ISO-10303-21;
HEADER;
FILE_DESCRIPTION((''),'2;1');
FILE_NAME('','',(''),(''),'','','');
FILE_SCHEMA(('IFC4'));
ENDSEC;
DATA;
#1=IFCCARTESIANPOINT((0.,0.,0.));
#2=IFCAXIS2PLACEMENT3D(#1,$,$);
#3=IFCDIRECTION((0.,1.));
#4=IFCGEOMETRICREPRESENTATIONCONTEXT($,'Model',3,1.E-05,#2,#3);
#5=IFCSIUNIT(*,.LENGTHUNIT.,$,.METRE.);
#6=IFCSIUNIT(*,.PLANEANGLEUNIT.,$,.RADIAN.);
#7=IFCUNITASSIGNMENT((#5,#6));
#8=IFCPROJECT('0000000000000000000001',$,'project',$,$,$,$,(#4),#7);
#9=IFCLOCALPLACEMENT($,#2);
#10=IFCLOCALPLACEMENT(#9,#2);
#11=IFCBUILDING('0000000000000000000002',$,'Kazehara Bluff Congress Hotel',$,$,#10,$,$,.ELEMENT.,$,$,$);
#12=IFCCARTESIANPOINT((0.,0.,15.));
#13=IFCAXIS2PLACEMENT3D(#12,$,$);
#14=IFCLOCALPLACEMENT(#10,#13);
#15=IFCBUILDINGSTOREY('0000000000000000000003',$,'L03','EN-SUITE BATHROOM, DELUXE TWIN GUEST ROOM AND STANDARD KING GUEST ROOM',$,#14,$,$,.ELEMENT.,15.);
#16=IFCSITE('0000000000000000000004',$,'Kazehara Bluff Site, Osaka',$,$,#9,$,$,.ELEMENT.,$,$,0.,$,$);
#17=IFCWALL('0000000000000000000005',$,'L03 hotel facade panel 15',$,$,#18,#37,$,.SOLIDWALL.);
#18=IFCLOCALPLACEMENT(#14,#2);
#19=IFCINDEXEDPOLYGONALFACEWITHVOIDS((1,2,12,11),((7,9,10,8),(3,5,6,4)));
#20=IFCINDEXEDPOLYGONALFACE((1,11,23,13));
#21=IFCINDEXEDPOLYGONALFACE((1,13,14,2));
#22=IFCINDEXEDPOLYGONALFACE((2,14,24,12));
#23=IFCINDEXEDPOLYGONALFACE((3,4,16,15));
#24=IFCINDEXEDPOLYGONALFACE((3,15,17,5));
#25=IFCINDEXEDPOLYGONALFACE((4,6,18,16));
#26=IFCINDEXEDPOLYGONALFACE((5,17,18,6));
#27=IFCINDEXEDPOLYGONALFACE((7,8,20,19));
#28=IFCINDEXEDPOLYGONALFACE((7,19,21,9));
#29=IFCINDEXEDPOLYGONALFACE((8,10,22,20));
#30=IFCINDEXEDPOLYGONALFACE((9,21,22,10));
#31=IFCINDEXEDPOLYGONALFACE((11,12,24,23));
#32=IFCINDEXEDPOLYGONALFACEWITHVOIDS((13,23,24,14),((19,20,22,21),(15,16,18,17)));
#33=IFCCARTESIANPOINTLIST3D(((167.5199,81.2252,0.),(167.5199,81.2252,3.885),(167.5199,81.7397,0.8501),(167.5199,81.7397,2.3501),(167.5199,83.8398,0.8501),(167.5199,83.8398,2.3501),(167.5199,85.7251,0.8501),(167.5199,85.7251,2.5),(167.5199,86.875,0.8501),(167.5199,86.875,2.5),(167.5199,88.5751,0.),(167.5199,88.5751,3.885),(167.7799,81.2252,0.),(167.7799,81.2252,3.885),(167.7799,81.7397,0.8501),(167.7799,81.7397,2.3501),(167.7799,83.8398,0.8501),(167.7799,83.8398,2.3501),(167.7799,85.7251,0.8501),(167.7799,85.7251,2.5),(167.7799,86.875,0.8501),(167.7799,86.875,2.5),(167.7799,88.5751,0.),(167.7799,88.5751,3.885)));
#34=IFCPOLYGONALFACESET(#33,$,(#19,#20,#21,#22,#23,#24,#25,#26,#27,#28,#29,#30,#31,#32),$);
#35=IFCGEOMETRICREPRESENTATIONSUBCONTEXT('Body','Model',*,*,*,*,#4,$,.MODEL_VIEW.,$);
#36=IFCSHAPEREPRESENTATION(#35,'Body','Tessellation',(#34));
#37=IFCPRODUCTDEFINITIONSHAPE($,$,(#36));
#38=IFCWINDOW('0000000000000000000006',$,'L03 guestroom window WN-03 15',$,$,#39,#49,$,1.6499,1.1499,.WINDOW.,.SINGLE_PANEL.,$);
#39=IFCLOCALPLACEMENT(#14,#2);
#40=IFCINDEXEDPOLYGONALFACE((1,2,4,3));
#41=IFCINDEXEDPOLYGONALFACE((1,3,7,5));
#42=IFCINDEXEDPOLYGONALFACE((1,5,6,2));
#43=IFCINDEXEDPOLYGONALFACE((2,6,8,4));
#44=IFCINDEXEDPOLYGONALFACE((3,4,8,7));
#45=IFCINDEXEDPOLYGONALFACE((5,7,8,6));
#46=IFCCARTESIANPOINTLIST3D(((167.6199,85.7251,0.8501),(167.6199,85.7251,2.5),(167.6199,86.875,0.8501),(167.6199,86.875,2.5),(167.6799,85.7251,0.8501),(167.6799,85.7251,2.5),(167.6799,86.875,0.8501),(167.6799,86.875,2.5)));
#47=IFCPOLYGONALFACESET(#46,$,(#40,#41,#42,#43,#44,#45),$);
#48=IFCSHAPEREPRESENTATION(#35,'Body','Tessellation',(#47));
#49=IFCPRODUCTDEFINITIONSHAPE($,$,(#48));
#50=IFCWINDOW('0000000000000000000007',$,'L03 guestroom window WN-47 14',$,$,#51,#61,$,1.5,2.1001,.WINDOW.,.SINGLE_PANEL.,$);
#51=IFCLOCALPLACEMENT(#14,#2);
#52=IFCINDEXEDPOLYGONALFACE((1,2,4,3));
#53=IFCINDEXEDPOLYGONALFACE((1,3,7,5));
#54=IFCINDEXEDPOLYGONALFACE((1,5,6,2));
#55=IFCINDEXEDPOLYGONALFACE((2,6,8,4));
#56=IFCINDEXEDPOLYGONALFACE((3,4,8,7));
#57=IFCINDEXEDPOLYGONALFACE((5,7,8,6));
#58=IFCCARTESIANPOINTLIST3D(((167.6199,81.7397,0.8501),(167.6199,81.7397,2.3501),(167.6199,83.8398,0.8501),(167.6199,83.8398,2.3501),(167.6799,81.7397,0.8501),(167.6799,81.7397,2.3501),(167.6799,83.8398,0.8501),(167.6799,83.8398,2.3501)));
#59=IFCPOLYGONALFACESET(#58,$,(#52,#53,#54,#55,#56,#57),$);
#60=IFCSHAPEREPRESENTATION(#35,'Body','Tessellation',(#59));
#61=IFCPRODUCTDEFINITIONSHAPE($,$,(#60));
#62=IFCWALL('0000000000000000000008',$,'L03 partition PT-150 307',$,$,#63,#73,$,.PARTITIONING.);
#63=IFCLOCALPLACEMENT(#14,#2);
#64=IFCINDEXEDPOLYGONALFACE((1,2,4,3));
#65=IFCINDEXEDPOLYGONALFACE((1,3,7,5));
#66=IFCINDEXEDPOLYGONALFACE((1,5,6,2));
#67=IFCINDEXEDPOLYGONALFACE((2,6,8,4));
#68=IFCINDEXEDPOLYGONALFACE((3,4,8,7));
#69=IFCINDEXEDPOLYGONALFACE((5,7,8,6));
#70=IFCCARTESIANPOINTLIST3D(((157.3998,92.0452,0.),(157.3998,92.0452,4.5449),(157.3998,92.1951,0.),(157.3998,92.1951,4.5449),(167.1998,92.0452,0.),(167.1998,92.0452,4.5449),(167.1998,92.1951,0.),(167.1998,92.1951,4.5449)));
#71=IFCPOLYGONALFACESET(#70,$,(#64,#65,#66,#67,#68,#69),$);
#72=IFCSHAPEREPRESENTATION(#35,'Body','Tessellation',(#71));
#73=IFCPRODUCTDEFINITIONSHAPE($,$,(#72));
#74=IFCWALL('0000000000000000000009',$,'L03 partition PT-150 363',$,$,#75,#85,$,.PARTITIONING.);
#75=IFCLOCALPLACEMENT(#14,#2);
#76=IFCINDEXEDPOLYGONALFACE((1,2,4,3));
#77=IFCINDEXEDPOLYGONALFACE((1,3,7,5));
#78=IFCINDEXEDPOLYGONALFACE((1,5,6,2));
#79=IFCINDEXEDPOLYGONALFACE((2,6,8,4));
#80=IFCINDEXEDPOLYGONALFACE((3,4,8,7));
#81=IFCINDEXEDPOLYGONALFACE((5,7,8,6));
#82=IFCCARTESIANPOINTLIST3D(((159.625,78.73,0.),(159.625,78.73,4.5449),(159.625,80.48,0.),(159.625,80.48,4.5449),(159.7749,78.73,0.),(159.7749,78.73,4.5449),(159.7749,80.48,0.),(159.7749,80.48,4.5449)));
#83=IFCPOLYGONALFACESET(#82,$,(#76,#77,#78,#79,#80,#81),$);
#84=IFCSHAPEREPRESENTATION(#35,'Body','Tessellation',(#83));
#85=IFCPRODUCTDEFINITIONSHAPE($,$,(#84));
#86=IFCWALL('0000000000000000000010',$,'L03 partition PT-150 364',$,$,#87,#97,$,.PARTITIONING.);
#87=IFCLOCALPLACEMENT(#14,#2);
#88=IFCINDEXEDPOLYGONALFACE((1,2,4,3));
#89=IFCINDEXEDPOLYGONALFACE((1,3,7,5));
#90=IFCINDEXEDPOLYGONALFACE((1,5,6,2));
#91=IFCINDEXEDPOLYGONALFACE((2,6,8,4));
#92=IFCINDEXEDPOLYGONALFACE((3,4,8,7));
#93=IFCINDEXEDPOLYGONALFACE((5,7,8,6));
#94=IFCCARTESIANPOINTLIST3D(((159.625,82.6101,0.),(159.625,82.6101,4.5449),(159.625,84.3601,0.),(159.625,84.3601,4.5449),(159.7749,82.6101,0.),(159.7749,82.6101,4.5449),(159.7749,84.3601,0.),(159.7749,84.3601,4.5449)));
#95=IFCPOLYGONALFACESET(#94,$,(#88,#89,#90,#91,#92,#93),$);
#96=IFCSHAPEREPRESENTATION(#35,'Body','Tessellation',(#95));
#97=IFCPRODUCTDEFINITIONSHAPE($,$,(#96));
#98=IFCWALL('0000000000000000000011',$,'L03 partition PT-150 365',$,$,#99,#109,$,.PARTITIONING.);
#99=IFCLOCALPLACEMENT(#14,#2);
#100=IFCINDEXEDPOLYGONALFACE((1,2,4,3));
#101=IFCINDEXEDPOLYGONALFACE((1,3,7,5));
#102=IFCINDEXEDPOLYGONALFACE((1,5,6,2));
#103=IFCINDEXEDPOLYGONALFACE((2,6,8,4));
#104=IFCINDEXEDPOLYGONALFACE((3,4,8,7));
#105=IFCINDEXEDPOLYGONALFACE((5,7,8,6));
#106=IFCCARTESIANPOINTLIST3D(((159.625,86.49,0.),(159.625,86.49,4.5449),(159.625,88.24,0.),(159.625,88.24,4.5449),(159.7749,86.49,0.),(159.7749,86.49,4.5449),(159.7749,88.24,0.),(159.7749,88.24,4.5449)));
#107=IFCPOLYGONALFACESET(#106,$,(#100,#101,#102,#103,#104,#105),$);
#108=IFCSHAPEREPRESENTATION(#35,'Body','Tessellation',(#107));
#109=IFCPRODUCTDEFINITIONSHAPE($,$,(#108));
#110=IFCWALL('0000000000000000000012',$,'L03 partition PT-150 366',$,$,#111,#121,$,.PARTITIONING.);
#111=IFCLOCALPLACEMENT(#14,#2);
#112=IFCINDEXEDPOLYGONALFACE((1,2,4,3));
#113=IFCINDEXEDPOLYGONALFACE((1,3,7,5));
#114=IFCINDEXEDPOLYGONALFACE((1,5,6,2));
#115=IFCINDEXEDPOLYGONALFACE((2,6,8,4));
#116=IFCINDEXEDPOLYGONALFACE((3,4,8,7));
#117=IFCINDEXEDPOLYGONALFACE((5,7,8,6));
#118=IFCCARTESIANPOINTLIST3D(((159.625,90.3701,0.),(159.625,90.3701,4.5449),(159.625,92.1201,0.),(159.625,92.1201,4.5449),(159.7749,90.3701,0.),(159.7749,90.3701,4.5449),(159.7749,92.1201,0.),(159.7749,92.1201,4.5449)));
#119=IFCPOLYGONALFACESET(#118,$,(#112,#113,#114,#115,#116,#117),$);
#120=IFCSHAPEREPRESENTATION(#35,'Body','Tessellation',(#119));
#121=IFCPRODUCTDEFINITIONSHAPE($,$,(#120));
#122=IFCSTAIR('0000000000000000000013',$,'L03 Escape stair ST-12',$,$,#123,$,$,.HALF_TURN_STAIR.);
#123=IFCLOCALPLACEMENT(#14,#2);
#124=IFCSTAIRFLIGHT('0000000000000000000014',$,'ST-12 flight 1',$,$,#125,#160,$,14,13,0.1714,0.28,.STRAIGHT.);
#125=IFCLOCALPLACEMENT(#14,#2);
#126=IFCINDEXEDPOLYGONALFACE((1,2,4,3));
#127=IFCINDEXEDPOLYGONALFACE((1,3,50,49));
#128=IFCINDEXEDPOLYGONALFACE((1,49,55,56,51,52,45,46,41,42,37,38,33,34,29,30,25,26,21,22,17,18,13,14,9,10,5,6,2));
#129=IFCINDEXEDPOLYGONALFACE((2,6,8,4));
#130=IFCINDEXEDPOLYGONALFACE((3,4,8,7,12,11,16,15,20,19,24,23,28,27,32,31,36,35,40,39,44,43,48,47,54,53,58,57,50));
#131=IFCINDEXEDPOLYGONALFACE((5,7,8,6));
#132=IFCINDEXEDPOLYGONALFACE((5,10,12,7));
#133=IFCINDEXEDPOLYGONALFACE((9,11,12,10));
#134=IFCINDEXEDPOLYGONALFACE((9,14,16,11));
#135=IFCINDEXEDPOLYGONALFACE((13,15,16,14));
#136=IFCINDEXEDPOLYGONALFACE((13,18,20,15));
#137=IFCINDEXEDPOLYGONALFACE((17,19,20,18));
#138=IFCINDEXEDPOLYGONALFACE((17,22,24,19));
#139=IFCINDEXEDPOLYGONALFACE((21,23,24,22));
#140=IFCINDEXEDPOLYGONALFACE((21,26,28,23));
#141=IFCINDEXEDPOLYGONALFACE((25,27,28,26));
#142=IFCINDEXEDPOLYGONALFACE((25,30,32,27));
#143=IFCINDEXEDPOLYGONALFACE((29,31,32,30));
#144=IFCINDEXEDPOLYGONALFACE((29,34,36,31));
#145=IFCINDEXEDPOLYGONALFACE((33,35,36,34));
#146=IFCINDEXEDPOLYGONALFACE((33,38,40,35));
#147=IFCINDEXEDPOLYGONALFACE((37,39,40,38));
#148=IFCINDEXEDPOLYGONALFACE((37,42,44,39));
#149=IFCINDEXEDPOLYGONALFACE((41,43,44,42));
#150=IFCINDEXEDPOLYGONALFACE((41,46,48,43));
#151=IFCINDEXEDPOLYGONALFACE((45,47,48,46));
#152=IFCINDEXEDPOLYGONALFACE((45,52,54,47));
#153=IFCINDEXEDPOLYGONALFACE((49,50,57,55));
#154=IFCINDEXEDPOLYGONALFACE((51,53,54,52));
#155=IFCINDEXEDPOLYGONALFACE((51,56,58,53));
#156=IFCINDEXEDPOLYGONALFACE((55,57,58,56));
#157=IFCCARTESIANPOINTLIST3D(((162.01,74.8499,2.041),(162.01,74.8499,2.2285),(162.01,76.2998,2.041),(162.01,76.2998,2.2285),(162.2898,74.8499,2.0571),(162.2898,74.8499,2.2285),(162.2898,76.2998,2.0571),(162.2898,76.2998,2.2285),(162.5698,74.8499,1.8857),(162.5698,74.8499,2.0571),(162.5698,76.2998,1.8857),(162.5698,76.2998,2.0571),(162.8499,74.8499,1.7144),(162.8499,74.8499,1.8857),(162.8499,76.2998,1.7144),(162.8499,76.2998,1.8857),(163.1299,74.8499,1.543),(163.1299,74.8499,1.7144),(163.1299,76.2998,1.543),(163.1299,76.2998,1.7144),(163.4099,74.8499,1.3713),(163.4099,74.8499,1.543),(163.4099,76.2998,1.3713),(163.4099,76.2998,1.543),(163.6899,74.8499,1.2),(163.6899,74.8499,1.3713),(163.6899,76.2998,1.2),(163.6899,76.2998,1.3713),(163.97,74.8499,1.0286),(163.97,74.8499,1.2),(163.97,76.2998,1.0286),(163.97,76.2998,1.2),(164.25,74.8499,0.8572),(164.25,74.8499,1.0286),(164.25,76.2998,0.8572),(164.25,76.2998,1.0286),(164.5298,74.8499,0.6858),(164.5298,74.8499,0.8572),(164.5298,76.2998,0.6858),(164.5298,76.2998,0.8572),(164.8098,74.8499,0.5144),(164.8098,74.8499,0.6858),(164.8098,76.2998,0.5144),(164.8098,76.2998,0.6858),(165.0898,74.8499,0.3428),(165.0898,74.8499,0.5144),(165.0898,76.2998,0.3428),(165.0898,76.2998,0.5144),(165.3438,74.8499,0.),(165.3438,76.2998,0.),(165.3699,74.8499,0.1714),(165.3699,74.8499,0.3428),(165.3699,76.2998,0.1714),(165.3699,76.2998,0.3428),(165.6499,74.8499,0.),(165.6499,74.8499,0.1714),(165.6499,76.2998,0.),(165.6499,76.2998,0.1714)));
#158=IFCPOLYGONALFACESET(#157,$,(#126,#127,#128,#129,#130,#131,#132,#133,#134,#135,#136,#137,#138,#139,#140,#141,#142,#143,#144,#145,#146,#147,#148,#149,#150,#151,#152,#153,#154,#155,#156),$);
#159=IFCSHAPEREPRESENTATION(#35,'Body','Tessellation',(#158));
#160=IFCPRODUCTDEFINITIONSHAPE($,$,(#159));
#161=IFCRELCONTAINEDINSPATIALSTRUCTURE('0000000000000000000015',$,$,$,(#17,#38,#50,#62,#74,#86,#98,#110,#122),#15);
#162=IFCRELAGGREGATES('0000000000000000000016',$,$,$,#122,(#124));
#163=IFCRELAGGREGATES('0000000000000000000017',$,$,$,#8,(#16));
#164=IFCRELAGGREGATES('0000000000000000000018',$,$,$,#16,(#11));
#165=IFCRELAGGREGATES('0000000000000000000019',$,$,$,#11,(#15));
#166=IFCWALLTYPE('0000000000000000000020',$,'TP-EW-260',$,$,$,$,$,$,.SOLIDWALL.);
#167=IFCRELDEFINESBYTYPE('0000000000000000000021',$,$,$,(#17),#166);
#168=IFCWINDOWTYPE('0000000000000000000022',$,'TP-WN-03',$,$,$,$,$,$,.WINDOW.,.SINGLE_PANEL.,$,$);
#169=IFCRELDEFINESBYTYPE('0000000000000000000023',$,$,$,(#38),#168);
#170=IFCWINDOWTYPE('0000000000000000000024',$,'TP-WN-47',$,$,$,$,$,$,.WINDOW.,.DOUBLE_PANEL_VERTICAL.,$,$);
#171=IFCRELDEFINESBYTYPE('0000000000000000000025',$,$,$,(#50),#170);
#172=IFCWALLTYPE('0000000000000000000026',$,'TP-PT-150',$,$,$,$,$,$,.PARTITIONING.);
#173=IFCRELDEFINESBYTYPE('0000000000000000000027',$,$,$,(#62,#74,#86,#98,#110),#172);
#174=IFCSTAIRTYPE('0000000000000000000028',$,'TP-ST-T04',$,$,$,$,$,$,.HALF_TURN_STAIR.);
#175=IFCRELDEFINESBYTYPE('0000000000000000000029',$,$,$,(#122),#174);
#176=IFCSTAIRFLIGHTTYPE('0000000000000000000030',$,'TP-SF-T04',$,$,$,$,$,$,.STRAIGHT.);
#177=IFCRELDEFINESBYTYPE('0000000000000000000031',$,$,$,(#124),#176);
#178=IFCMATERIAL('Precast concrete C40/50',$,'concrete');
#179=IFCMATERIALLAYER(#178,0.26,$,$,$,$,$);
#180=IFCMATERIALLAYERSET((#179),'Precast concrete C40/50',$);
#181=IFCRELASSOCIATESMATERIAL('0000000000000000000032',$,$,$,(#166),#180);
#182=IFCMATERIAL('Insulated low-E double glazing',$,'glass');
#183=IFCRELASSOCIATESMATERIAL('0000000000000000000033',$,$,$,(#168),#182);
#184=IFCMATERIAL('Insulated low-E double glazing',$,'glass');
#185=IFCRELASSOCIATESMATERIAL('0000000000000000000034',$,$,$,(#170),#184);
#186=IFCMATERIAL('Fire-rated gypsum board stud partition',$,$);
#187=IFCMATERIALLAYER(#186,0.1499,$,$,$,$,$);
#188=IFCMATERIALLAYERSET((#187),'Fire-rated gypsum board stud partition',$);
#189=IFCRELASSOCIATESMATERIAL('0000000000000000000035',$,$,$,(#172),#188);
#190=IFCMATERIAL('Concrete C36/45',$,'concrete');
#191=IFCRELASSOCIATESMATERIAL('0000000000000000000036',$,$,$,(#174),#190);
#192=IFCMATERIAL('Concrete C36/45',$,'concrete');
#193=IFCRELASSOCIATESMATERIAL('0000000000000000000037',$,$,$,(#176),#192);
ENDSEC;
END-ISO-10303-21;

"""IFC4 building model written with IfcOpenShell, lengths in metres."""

from ifc_helpers import new_model, si_unit, direction, frame, frame_2d, origin, place, context, subcontext, project, spatial, polyline, rectangle, outline, extrude, material, layer, layer_set, type_object, element, fill, aggregate, save


model = new_model("IFC4")

# Units and contexts
model_context = context("Model", 3, precision=1e-05, world=origin(), true_north=direction((0.0, 1.0)))
body_context = subcontext(model_context, "Body", "Model", "MODEL_VIEW")
ifc_project = project(units=[si_unit("LENGTHUNIT", "METRE"), si_unit("PLANEANGLEUNIT", "RADIAN")], contexts=[model_context])

# Site, building, storey
site_placement = place(None, origin())
site = spatial("IfcSite", under=ifc_project, at=site_placement, Name="Kazehara Bluff Site, Osaka", CompositionType="ELEMENT", RefElevation=0.0)
building_placement = place(site_placement, origin())
building = spatial("IfcBuilding", under=site, at=building_placement, Name="Kazehara Bluff Congress Hotel", CompositionType="ELEMENT")
storey_placement = place(building_placement, frame((0.0, 0.0, 15.0)))
storey = spatial("IfcBuildingStorey", under=building, at=storey_placement, Name="L03", Description="EN-SUITE BATHROOM, DELUXE TWIN GUEST ROOM AND STANDARD KING GUEST ROOM", CompositionType="ELEMENT", Elevation=15.0)

# Shared definitions
ifc_material_1 = material(Name="Precast concrete C40/50", Category="concrete")
ifc_layer_1 = layer(ifc_material_1, 0.26)
ifc_layer_set_1 = layer_set([ifc_layer_1], Name="Precast concrete C40/50")
wall_type_1 = type_object("IfcWallType", Name="TP-EW-260", PredefinedType="SOLIDWALL", material=ifc_layer_set_1)

# Wall, openings, windows
wall_1_placement = place(storey_placement, frame((167.6499, 88.575, 0.0), z_axis=(0.0, 0.0, 1.0), x_axis=(0.0, -1.0, 0.0)))
wall_1 = element("IfcWall", 1, at=wall_1_placement, inside=storey, type_object=wall_type_1, Name="L03 hotel facade panel 15", PredefinedType="SOLIDWALL", context=body_context, shape_type="SweptSolid", body=[
    extrude(rectangle(XDim=7.3499, YDim=0.26, at=frame_2d((3.6748, 0.0))), origin(), (0.0, 0.0, 1.0), 3.885),
])
opening_1_placement = place(wall_1_placement, frame((4.7351, 0.0, 0.8501)))
opening_1 = element("IfcOpeningElement", 2, at=opening_1_placement, cuts=wall_1, PredefinedType="OPENING", context=body_context, shape_type="SweptSolid", body=[
    extrude(rectangle(XDim=2.1001, YDim=1.5, at=frame_2d((1.05, 0.75))), frame((0.0, 0.1399, 0.0), z_axis=(0.0, -1.0, 0.0), x_axis=(1.0, 0.0, 0.0)), (0.0, 0.0, 1.0), 0.28),
])
opening_2_placement = place(wall_1_placement, frame((1.7, 0.0, 0.8501)))
opening_2 = element("IfcOpeningElement", 3, at=opening_2_placement, cuts=wall_1, PredefinedType="OPENING", context=body_context, shape_type="SweptSolid", body=[
    extrude(rectangle(XDim=1.1499, YDim=1.6499, at=frame_2d((0.575, 0.825))), frame((0.0, 0.1399, 0.0), z_axis=(0.0, -1.0, 0.0), x_axis=(1.0, 0.0, 0.0)), (0.0, 0.0, 1.0), 0.28),
])
ifc_material_2 = material(Name="Insulated low-E double glazing", Category="glass")
window_type_1 = type_object("IfcWindowType", Name="TP-WN-03", PartitioningType="SINGLE_PANEL", PredefinedType="WINDOW", material=ifc_material_2)
window_1_placement = place(opening_2_placement, origin())
window_1 = element("IfcWindow", 4, at=window_1_placement, inside=storey, type_object=window_type_1, Name="L03 guestroom window WN-03 15", OverallHeight=1.6499, OverallWidth=1.1499, PartitioningType="SINGLE_PANEL", PredefinedType="WINDOW", context=body_context, shape_type="SweptSolid", body=[
    extrude(rectangle(XDim=1.1499, YDim=1.6499, at=frame_2d((0.575, 0.825))), frame((0.0, 0.03, 0.0), z_axis=(0.0, -1.0, 0.0), x_axis=(1.0, 0.0, 0.0)), (0.0, 0.0, 1.0), 0.0601),
])
fill(opening_2, window_1)
ifc_material_3 = material(Name="Insulated low-E double glazing", Category="glass")
window_type_2 = type_object("IfcWindowType", Name="TP-WN-47", PartitioningType="DOUBLE_PANEL_VERTICAL", PredefinedType="WINDOW", material=ifc_material_3)
window_2_placement = place(opening_1_placement, origin())
window_2 = element("IfcWindow", 5, at=window_2_placement, inside=storey, type_object=window_type_2, Name="L03 guestroom window WN-47 14", OverallHeight=1.5, OverallWidth=2.1001, PartitioningType="SINGLE_PANEL", PredefinedType="WINDOW", context=body_context, shape_type="SweptSolid", body=[
    extrude(rectangle(XDim=2.1001, YDim=1.5, at=frame_2d((1.05, 0.75))), frame((0.0, 0.03, 0.0), z_axis=(0.0, -1.0, 0.0), x_axis=(1.0, 0.0, 0.0)), (0.0, 0.0, 1.0), 0.0601),
])
fill(opening_1, window_2)

# Shared definitions
ifc_material_4 = material(Name="Fire-rated gypsum board stud partition")
ifc_layer_2 = layer(ifc_material_4, 0.1499)
ifc_layer_set_2 = layer_set([ifc_layer_2], Name="Fire-rated gypsum board stud partition")
wall_type_2 = type_object("IfcWallType", Name="TP-PT-150", PredefinedType="PARTITIONING", material=ifc_layer_set_2)

# Walls
wall_2_placement = place(storey_placement, frame((157.3999, 92.1201, 0.0), z_axis=(0.0, 0.0, 1.0), x_axis=(1.0, 0.0, 0.0)))
element("IfcWall", 6, at=wall_2_placement, inside=storey, type_object=wall_type_2, Name="L03 partition PT-150 307", PredefinedType="PARTITIONING", context=body_context, shape_type="SweptSolid", body=[
    extrude(rectangle(XDim=9.8, YDim=0.1499, at=frame_2d((4.8999, 0.0))), origin(), (0.0, 0.0, 1.0), 4.5449),
])
for number, where, z_axis, x_axis, name in (
    (7, (159.7, 78.73, 0.0), (0.0, 0.0, 1.0), (0.0, 1.0, 0.0), "L03 partition PT-150 363"),
    (8, (159.7, 82.6101, 0.0), (0.0, 0.0, 1.0), (0.0, 1.0, 0.0), "L03 partition PT-150 364"),
    (9, (159.7, 86.49, 0.0), (0.0, 0.0, 1.0), (0.0, 1.0, 0.0), "L03 partition PT-150 365"),
    (10, (159.7, 90.3701, 0.0), (0.0, 0.0, 1.0), (0.0, 1.0, 0.0), "L03 partition PT-150 366"),
):
    element("IfcWall", number, at=place(storey_placement, frame(where, z_axis=z_axis, x_axis=x_axis)), inside=storey, type_object=wall_type_2, Name=name, PredefinedType="PARTITIONING", context=body_context, shape_type="SweptSolid", body=[
        extrude(rectangle(XDim=1.75, YDim=0.1499, at=frame_2d((0.875, 0.0))), origin(), (0.0, 0.0, 1.0), 4.5449),
    ])

# Stair, stair flight
ifc_material_5 = material(Name="Concrete C36/45", Category="concrete")
stair_type = type_object("IfcStairType", Name="TP-ST-T04", PredefinedType="HALF_TURN_STAIR", material=ifc_material_5)
stair_placement = place(storey_placement, origin())
stair = element("IfcStair", 11, at=stair_placement, inside=storey, type_object=stair_type, Name="L03 Escape stair ST-12", PredefinedType="HALF_TURN_STAIR")
ifc_material_6 = material(Name="Concrete C36/45", Category="concrete")
stair_flight_type = type_object("IfcStairFlightType", Name="TP-SF-T04", PredefinedType="STRAIGHT", material=ifc_material_6)
stair_flight_1_placement = place(storey_placement, frame((165.6499, 75.575, 0.0), z_axis=(0.0, 0.0, 1.0), x_axis=(-1.0, 0.0, 0.0)))
stair_flight_1 = element("IfcStairFlight", 12, at=stair_flight_1_placement, type_object=stair_flight_type, Name="ST-12 flight 1", NumberOfRisers=14, NumberOfTreads=13, PredefinedType="STRAIGHT", RiserHeight=0.1714, TreadLength=0.28, context=body_context, shape_type="SweptSolid", body=[
    extrude(outline(polyline([(0.0, 0.0), (0.0, 0.1714), (0.28, 0.1714), (0.28, 0.3428), (0.5601, 0.3428), (0.5601, 0.5144), (0.8401, 0.5144), (0.8401, 0.6858), (1.1201, 0.6858), (1.1201, 0.8572), (1.3999, 0.8572), (1.3999, 1.0286), (1.6799, 1.0286), (1.6799, 1.2), (1.96, 1.2), (1.96, 1.3713), (2.24, 1.3713), (2.24, 1.543), (2.52, 1.543), (2.52, 1.7144), (2.8, 1.7144), (2.8, 1.8857), (3.0801, 1.8857), (3.0801, 2.0571), (3.3601, 2.0571), (3.3601, 2.2285), (3.6399, 2.2285), (3.6399, 2.3999), (3.6399, 2.041), (0.3062, 0.0), (0.0, 0.0)])), frame((0.0, 0.7251, 0.0), z_axis=(0.0, -1.0, 0.0), x_axis=(1.0, 0.0, 0.0)), (0.0, 0.0, 1.0), 1.45),
])
aggregate(stair, [stair_flight_1])

save(model, "model.ifc")
